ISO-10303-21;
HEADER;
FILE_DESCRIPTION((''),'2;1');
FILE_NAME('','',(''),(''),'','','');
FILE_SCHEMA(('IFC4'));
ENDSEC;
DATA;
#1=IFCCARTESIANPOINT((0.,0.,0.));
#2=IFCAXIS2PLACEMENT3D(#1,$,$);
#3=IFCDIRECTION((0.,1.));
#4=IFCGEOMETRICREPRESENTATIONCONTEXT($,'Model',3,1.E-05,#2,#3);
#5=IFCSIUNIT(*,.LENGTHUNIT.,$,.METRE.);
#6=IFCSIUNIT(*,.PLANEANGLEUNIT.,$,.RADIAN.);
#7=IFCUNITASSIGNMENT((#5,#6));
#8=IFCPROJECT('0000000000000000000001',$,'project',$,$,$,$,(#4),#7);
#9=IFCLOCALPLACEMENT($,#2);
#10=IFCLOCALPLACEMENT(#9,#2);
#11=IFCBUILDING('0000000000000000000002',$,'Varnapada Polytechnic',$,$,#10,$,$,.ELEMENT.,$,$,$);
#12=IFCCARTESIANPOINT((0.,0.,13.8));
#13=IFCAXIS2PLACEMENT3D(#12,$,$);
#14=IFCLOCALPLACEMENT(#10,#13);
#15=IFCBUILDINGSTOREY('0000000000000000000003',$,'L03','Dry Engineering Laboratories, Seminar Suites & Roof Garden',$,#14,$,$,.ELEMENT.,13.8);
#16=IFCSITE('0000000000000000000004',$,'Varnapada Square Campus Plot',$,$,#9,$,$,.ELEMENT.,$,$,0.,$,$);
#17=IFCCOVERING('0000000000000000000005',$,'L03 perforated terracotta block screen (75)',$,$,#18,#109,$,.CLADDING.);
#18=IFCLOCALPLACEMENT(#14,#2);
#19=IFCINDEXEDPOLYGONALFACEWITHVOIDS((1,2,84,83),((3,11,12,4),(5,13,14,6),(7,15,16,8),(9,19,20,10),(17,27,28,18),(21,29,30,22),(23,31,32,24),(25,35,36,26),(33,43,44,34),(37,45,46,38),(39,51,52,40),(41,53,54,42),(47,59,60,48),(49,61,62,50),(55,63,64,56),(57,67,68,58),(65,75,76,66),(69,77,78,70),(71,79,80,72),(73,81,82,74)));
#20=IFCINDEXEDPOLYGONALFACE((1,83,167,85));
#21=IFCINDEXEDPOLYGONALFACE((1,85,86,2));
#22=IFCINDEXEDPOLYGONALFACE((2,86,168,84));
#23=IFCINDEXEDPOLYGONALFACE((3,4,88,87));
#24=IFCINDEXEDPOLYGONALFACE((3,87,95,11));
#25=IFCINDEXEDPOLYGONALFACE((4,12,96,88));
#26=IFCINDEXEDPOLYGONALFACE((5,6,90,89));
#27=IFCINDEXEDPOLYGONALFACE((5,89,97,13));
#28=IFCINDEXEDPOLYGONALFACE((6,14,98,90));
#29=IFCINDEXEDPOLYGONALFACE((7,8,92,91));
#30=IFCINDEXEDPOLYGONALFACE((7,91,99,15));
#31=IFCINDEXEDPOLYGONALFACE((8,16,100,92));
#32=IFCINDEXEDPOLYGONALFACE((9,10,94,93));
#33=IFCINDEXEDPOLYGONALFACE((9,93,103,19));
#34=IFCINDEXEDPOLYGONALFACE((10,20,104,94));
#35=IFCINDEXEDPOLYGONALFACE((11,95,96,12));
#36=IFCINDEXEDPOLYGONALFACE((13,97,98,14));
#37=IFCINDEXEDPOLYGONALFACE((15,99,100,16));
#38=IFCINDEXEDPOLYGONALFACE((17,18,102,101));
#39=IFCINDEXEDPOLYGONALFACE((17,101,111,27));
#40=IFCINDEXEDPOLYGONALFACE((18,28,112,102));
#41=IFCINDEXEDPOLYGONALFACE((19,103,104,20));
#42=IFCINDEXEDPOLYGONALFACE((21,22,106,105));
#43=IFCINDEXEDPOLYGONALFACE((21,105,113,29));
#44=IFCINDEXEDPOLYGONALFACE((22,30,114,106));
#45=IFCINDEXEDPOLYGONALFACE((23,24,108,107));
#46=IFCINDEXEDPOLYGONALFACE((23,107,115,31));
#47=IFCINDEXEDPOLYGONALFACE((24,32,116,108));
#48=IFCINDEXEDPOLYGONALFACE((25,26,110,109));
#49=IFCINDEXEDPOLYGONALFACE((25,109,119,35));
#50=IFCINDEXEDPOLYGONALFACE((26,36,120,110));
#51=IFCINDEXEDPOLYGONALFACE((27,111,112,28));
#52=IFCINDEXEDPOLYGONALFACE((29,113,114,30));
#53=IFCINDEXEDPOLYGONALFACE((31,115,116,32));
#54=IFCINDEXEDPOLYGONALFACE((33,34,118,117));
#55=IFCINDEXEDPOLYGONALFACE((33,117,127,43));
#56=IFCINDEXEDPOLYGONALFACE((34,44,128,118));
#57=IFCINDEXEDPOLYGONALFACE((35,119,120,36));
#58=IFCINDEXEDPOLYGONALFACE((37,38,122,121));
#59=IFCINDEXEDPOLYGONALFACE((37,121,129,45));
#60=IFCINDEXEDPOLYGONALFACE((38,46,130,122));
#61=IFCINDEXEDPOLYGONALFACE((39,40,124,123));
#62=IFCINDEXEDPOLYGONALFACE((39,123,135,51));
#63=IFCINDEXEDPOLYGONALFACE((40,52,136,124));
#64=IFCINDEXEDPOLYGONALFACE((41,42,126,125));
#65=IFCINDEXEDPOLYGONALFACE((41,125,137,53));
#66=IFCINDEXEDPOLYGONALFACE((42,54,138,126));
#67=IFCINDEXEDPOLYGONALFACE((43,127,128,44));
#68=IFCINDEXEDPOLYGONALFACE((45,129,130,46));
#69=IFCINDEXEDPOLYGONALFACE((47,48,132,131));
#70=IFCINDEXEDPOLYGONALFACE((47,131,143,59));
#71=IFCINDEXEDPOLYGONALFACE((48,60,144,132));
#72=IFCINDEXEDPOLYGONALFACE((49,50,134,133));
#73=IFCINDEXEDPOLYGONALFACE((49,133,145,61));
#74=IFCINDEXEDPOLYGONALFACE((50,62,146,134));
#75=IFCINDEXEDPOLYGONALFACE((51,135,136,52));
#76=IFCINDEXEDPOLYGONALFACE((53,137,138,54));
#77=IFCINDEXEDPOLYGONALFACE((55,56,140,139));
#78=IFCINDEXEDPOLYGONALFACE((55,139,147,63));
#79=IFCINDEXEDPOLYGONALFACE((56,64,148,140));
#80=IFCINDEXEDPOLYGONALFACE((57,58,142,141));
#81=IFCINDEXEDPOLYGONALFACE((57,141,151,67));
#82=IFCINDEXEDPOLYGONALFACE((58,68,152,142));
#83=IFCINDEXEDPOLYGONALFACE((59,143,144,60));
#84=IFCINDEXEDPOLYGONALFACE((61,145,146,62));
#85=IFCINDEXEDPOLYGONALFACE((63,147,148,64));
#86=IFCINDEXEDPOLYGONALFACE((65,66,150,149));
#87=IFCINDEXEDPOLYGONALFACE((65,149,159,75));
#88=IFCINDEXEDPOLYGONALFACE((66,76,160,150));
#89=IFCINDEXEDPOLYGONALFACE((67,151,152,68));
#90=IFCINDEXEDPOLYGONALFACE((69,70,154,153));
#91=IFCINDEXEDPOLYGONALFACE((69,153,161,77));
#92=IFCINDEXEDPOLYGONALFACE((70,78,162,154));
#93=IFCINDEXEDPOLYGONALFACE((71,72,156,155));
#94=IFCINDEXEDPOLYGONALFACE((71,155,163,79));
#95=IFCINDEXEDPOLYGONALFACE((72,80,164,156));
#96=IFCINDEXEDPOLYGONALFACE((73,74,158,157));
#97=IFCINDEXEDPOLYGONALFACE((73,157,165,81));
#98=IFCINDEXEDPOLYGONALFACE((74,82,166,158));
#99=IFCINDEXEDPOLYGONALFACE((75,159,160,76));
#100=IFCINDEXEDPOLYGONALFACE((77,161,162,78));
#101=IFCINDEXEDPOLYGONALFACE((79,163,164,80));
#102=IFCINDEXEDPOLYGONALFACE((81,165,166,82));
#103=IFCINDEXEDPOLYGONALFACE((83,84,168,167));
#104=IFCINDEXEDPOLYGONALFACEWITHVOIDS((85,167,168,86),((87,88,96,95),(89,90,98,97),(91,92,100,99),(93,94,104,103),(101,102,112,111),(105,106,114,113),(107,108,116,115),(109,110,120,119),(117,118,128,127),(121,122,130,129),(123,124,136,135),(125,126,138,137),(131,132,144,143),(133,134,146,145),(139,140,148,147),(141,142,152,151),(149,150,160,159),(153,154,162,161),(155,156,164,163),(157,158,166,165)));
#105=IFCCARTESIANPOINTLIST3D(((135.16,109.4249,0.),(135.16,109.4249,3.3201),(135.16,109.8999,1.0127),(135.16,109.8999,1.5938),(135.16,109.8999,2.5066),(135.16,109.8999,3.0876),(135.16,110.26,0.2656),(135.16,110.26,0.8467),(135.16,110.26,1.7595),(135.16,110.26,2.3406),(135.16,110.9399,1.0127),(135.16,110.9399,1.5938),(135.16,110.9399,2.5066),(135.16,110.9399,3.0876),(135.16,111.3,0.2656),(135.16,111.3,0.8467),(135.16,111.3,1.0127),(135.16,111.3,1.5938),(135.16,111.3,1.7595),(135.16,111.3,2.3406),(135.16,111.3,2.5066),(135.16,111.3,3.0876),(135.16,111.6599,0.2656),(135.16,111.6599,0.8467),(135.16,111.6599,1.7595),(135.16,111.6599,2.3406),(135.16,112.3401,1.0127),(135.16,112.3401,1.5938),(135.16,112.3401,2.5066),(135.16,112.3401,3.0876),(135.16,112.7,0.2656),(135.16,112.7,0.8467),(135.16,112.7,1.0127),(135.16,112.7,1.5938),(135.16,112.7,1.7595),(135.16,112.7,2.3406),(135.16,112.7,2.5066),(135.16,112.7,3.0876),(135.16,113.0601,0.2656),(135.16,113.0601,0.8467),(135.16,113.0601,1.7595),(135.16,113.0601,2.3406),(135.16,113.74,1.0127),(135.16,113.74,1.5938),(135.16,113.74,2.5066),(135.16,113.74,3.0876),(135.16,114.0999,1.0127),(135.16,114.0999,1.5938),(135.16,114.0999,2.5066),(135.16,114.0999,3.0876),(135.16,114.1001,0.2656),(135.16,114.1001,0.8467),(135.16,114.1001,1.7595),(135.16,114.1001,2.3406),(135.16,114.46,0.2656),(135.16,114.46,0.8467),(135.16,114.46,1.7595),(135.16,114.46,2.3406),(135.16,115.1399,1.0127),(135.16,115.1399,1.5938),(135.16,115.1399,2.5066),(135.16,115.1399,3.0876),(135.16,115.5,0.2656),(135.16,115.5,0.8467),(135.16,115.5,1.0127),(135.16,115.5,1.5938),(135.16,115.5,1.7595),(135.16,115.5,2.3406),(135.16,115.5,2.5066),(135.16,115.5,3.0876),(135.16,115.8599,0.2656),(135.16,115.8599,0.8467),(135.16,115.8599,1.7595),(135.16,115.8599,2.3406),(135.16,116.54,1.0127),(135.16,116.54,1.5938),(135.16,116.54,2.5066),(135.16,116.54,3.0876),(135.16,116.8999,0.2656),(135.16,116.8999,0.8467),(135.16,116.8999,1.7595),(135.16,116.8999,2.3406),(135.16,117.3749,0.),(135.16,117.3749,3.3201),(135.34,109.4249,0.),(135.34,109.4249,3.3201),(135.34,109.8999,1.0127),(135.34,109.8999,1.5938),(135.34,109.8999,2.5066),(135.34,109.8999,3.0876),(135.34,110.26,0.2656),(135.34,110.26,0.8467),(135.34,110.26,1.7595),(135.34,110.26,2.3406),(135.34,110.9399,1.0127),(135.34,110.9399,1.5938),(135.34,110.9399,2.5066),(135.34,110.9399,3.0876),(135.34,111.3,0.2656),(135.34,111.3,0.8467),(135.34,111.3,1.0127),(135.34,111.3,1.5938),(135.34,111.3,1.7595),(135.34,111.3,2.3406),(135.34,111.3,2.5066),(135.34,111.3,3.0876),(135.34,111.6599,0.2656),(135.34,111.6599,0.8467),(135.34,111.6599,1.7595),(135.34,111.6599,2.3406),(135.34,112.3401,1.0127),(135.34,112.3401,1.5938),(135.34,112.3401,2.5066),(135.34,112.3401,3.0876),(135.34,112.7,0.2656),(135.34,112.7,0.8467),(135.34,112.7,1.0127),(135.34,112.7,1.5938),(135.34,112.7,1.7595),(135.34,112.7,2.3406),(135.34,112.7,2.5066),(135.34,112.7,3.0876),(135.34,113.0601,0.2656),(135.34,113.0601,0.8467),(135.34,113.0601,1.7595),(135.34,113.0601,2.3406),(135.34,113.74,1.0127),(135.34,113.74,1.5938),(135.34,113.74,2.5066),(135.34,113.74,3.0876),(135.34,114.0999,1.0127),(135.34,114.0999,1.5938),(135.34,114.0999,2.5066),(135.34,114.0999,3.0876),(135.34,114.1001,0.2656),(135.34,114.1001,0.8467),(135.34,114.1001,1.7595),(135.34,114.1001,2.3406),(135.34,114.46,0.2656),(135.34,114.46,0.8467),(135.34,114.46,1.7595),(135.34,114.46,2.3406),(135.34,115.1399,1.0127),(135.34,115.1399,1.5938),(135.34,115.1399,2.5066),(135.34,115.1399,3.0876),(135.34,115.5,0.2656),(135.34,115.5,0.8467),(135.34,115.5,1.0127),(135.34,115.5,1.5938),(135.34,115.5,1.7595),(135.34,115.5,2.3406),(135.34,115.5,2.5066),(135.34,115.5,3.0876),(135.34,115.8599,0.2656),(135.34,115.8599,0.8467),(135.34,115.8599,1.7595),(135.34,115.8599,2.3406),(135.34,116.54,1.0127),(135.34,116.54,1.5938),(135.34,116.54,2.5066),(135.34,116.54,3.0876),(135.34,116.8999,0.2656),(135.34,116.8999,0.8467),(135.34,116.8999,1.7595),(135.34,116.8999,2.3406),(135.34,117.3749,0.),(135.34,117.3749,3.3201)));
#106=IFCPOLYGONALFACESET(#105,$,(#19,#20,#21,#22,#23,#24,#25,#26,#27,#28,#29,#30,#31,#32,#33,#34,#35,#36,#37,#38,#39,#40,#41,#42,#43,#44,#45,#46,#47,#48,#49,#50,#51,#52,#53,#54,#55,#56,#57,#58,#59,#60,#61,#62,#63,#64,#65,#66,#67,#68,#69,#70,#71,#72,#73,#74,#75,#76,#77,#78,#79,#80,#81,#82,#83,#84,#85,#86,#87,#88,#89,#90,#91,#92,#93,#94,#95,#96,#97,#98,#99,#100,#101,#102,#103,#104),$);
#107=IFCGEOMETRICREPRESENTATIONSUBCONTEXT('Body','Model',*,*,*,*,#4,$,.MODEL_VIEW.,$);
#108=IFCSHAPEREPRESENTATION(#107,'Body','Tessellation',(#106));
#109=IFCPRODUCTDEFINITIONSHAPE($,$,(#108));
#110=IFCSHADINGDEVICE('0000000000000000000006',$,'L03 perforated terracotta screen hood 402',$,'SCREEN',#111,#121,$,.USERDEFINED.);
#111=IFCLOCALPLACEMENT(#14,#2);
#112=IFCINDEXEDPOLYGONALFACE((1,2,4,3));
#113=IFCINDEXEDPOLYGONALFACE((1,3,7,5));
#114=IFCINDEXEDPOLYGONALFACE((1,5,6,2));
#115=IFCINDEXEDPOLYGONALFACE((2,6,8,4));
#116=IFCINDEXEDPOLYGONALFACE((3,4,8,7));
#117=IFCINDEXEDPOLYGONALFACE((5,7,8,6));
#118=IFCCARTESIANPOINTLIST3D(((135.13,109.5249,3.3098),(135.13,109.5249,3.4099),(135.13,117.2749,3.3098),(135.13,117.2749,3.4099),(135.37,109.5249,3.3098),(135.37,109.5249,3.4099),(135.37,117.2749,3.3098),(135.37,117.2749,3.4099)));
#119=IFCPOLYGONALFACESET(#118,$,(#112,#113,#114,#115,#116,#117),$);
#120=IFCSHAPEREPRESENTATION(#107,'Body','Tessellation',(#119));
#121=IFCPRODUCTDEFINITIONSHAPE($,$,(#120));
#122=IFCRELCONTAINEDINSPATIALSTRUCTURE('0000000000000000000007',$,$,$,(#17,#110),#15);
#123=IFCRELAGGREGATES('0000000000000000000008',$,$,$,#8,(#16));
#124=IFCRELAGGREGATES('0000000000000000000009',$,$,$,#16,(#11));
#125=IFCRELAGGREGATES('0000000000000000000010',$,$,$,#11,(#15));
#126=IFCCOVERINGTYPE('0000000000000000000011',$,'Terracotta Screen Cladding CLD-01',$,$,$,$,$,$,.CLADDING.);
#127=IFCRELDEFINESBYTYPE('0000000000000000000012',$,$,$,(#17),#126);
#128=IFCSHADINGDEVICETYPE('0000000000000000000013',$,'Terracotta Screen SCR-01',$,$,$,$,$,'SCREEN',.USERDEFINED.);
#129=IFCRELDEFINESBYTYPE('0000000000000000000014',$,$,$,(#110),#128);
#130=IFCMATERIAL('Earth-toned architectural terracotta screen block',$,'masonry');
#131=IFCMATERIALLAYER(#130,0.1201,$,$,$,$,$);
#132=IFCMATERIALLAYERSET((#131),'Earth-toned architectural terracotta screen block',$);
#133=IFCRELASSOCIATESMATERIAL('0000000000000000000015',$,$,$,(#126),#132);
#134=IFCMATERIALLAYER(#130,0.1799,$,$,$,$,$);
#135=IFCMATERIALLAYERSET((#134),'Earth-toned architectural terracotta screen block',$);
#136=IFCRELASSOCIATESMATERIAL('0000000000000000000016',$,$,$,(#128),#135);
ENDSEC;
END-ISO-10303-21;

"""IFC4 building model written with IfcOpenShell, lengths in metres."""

from ifc_helpers import new_model, si_unit, direction, frame, frame_2d, origin, origin_2d, place, context, subcontext, project, spatial, rectangle, extrude, material, layer, layer_set, type_object, element, save


model = new_model("IFC4")

# Units and contexts
model_context = context("Model", 3, precision=1e-05, world=origin(), true_north=direction((0.0, 1.0)))
body_context = subcontext(model_context, "Body", "Model", "MODEL_VIEW")
ifc_project = project(units=[si_unit("LENGTHUNIT", "METRE"), si_unit("PLANEANGLEUNIT", "RADIAN")], contexts=[model_context])

# Site, building, storey
site_placement = place(None, origin())
site = spatial("IfcSite", under=ifc_project, at=site_placement, Name="Varnapada Square Campus Plot", CompositionType="ELEMENT", RefElevation=0.0)
building_placement = place(site_placement, origin())
building = spatial("IfcBuilding", under=site, at=building_placement, Name="Varnapada Polytechnic", CompositionType="ELEMENT")
storey_placement = place(building_placement, frame((0.0, 0.0, 13.8)))
storey = spatial("IfcBuildingStorey", under=building, at=storey_placement, Name="L03", Description="Dry Engineering Laboratories, Seminar Suites & Roof Garden", CompositionType="ELEMENT", Elevation=13.8)

# Covering, openings
ifc_material_1 = material(Name="Earth-toned architectural terracotta screen block", Category="masonry")
ifc_layer_1 = layer(ifc_material_1, 0.1201)
ifc_layer_set_1 = layer_set([ifc_layer_1], Name="Earth-toned architectural terracotta screen block")
covering_type = type_object("IfcCoveringType", Name="Terracotta Screen Cladding CLD-01", PredefinedType="CLADDING", material=ifc_layer_set_1)
covering_placement = place(storey_placement, frame((135.25, 117.375, 0.0), z_axis=(0.0, 0.0, 1.0), x_axis=(0.0, -1.0, 0.0)))
covering = element("IfcCovering", 1, at=covering_placement, inside=storey, type_object=covering_type, Name="L03 perforated terracotta block screen (75)", PredefinedType="CLADDING", context=body_context, shape_type="SweptSolid", body=[
    extrude(rectangle(XDim=7.95, YDim=0.1799, at=frame_2d((3.9751, 0.0))), origin(), (0.0, 0.0, 1.0), 3.3201),
])
opening_1_placement = place(covering_placement, frame((0.4751, 0.0, 0.2656)))
element("IfcOpeningElement", 2, at=opening_1_placement, cuts=covering, PredefinedType="OPENING", context=body_context, shape_type="SweptSolid", body=[
    extrude(rectangle(XDim=1.04, YDim=0.5811, at=frame_2d((0.52, 0.2905))), frame((0.0, 0.0999, 0.0), z_axis=(0.0, -1.0, 0.0), x_axis=(1.0, 0.0, 0.0)), (0.0, 0.0, 1.0), 0.2),
])
opening_2_placement = place(covering_placement, frame((1.875, 0.0, 0.2656)))
element("IfcOpeningElement", 3, at=opening_2_placement, cuts=covering, PredefinedType="OPENING", context=body_context, shape_type="SweptSolid", body=[
    extrude(rectangle(XDim=1.04, YDim=0.5811, at=frame_2d((0.52, 0.2905))), frame((0.0, 0.0999, 0.0), z_axis=(0.0, -1.0, 0.0), x_axis=(1.0, 0.0, 0.0)), (0.0, 0.0, 1.0), 0.2),
])
opening_3_placement = place(covering_placement, frame((3.2749, 0.0, 0.2656)))
element("IfcOpeningElement", 4, at=opening_3_placement, cuts=covering, PredefinedType="OPENING", context=body_context, shape_type="SweptSolid", body=[
    extrude(rectangle(XDim=1.04, YDim=0.5811, at=frame_2d((0.52, 0.2905))), frame((0.0, 0.0999, 0.0), z_axis=(0.0, -1.0, 0.0), x_axis=(1.0, 0.0, 0.0)), (0.0, 0.0, 1.0), 0.2),
])
opening_4_placement = place(covering_placement, frame((4.675, 0.0, 0.2656)))
element("IfcOpeningElement", 5, at=opening_4_placement, cuts=covering, PredefinedType="OPENING", context=body_context, shape_type="SweptSolid", body=[
    extrude(rectangle(XDim=1.04, YDim=0.5811, at=frame_2d((0.52, 0.2905))), frame((0.0, 0.0999, 0.0), z_axis=(0.0, -1.0, 0.0), x_axis=(1.0, 0.0, 0.0)), (0.0, 0.0, 1.0), 0.2),
])
opening_5_placement = place(covering_placement, frame((6.075, 0.0, 0.2656)))
element("IfcOpeningElement", 6, at=opening_5_placement, cuts=covering, PredefinedType="OPENING", context=body_context, shape_type="SweptSolid", body=[
    extrude(rectangle(XDim=1.04, YDim=0.5811, at=frame_2d((0.52, 0.2905))), frame((0.0, 0.0999, 0.0), z_axis=(0.0, -1.0, 0.0), x_axis=(1.0, 0.0, 0.0)), (0.0, 0.0, 1.0), 0.2),
])
opening_6_placement = place(covering_placement, frame((0.835, 0.0, 1.0127)))
element("IfcOpeningElement", 7, at=opening_6_placement, cuts=covering, PredefinedType="OPENING", context=body_context, shape_type="SweptSolid", body=[
    extrude(rectangle(XDim=1.04, YDim=0.5811, at=frame_2d((0.52, 0.2905))), frame((0.0, 0.0999, 0.0), z_axis=(0.0, -1.0, 0.0), x_axis=(1.0, 0.0, 0.0)), (0.0, 0.0, 1.0), 0.2),
])
opening_7_placement = place(covering_placement, frame((2.2351, 0.0, 1.0127)))
element("IfcOpeningElement", 8, at=opening_7_placement, cuts=covering, PredefinedType="OPENING", context=body_context, shape_type="SweptSolid", body=[
    extrude(rectangle(XDim=1.04, YDim=0.5811, at=frame_2d((0.52, 0.2905))), frame((0.0, 0.0999, 0.0), z_axis=(0.0, -1.0, 0.0), x_axis=(1.0, 0.0, 0.0)), (0.0, 0.0, 1.0), 0.2),
])
opening_8_placement = place(covering_placement, frame((3.635, 0.0, 1.0127)))
element("IfcOpeningElement", 9, at=opening_8_placement, cuts=covering, PredefinedType="OPENING", context=body_context, shape_type="SweptSolid", body=[
    extrude(rectangle(XDim=1.04, YDim=0.5811, at=frame_2d((0.52, 0.2905))), frame((0.0, 0.0999, 0.0), z_axis=(0.0, -1.0, 0.0), x_axis=(1.0, 0.0, 0.0)), (0.0, 0.0, 1.0), 0.2),
])
opening_9_placement = place(covering_placement, frame((5.0349, 0.0, 1.0127)))
element("IfcOpeningElement", 10, at=opening_9_placement, cuts=covering, PredefinedType="OPENING", context=body_context, shape_type="SweptSolid", body=[
    extrude(rectangle(XDim=1.04, YDim=0.5811, at=frame_2d((0.52, 0.2905))), frame((0.0, 0.0999, 0.0), z_axis=(0.0, -1.0, 0.0), x_axis=(1.0, 0.0, 0.0)), (0.0, 0.0, 1.0), 0.2),
])
opening_10_placement = place(covering_placement, frame((6.4351, 0.0, 1.0127)))
element("IfcOpeningElement", 11, at=opening_10_placement, cuts=covering, PredefinedType="OPENING", context=body_context, shape_type="SweptSolid", body=[
    extrude(rectangle(XDim=1.04, YDim=0.5811, at=frame_2d((0.52, 0.2905))), frame((0.0, 0.0999, 0.0), z_axis=(0.0, -1.0, 0.0), x_axis=(1.0, 0.0, 0.0)), (0.0, 0.0, 1.0), 0.2),
])
opening_11_placement = place(covering_placement, frame((0.4751, 0.0, 1.7595)))
element("IfcOpeningElement", 12, at=opening_11_placement, cuts=covering, PredefinedType="OPENING", context=body_context, shape_type="SweptSolid", body=[
    extrude(rectangle(XDim=1.04, YDim=0.5811, at=frame_2d((0.52, 0.2905))), frame((0.0, 0.0999, 0.0), z_axis=(0.0, -1.0, 0.0), x_axis=(1.0, 0.0, 0.0)), (0.0, 0.0, 1.0), 0.2),
])
opening_12_placement = place(covering_placement, frame((1.875, 0.0, 1.7595)))
element("IfcOpeningElement", 13, at=opening_12_placement, cuts=covering, PredefinedType="OPENING", context=body_context, shape_type="SweptSolid", body=[
    extrude(rectangle(XDim=1.04, YDim=0.5811, at=frame_2d((0.52, 0.2905))), frame((0.0, 0.0999, 0.0), z_axis=(0.0, -1.0, 0.0), x_axis=(1.0, 0.0, 0.0)), (0.0, 0.0, 1.0), 0.2),
])
opening_13_placement = place(covering_placement, frame((3.2749, 0.0, 1.7595)))
element("IfcOpeningElement", 14, at=opening_13_placement, cuts=covering, PredefinedType="OPENING", context=body_context, shape_type="SweptSolid", body=[
    extrude(rectangle(XDim=1.04, YDim=0.5811, at=frame_2d((0.52, 0.2905))), frame((0.0, 0.0999, 0.0), z_axis=(0.0, -1.0, 0.0), x_axis=(1.0, 0.0, 0.0)), (0.0, 0.0, 1.0), 0.2),
])
opening_14_placement = place(covering_placement, frame((4.675, 0.0, 1.7595)))
element("IfcOpeningElement", 15, at=opening_14_placement, cuts=covering, PredefinedType="OPENING", context=body_context, shape_type="SweptSolid", body=[
    extrude(rectangle(XDim=1.04, YDim=0.5811, at=frame_2d((0.52, 0.2905))), frame((0.0, 0.0999, 0.0), z_axis=(0.0, -1.0, 0.0), x_axis=(1.0, 0.0, 0.0)), (0.0, 0.0, 1.0), 0.2),
])
opening_15_placement = place(covering_placement, frame((6.075, 0.0, 1.7595)))
element("IfcOpeningElement", 16, at=opening_15_placement, cuts=covering, PredefinedType="OPENING", context=body_context, shape_type="SweptSolid", body=[
    extrude(rectangle(XDim=1.04, YDim=0.5811, at=frame_2d((0.52, 0.2905))), frame((0.0, 0.0999, 0.0), z_axis=(0.0, -1.0, 0.0), x_axis=(1.0, 0.0, 0.0)), (0.0, 0.0, 1.0), 0.2),
])
opening_16_placement = place(covering_placement, frame((0.835, 0.0, 2.5066)))
element("IfcOpeningElement", 17, at=opening_16_placement, cuts=covering, PredefinedType="OPENING", context=body_context, shape_type="SweptSolid", body=[
    extrude(rectangle(XDim=1.04, YDim=0.5811, at=frame_2d((0.52, 0.2905))), frame((0.0, 0.0999, 0.0), z_axis=(0.0, -1.0, 0.0), x_axis=(1.0, 0.0, 0.0)), (0.0, 0.0, 1.0), 0.2),
])
opening_17_placement = place(covering_placement, frame((2.2351, 0.0, 2.5066)))
element("IfcOpeningElement", 18, at=opening_17_placement, cuts=covering, PredefinedType="OPENING", context=body_context, shape_type="SweptSolid", body=[
    extrude(rectangle(XDim=1.04, YDim=0.5811, at=frame_2d((0.52, 0.2905))), frame((0.0, 0.0999, 0.0), z_axis=(0.0, -1.0, 0.0), x_axis=(1.0, 0.0, 0.0)), (0.0, 0.0, 1.0), 0.2),
])
opening_18_placement = place(covering_placement, frame((3.635, 0.0, 2.5066)))
element("IfcOpeningElement", 19, at=opening_18_placement, cuts=covering, PredefinedType="OPENING", context=body_context, shape_type="SweptSolid", body=[
    extrude(rectangle(XDim=1.04, YDim=0.5811, at=frame_2d((0.52, 0.2905))), frame((0.0, 0.0999, 0.0), z_axis=(0.0, -1.0, 0.0), x_axis=(1.0, 0.0, 0.0)), (0.0, 0.0, 1.0), 0.2),
])
opening_19_placement = place(covering_placement, frame((5.0349, 0.0, 2.5066)))
element("IfcOpeningElement", 20, at=opening_19_placement, cuts=covering, PredefinedType="OPENING", context=body_context, shape_type="SweptSolid", body=[
    extrude(rectangle(XDim=1.04, YDim=0.5811, at=frame_2d((0.52, 0.2905))), frame((0.0, 0.0999, 0.0), z_axis=(0.0, -1.0, 0.0), x_axis=(1.0, 0.0, 0.0)), (0.0, 0.0, 1.0), 0.2),
])
opening_20_placement = place(covering_placement, frame((6.4351, 0.0, 2.5066)))
element("IfcOpeningElement", 21, at=opening_20_placement, cuts=covering, PredefinedType="OPENING", context=body_context, shape_type="SweptSolid", body=[
    extrude(rectangle(XDim=1.04, YDim=0.5811, at=frame_2d((0.52, 0.2905))), frame((0.0, 0.0999, 0.0), z_axis=(0.0, -1.0, 0.0), x_axis=(1.0, 0.0, 0.0)), (0.0, 0.0, 1.0), 0.2),
])

# Shading device
ifc_layer_2 = layer(ifc_material_1, 0.1799)
ifc_layer_set_2 = layer_set([ifc_layer_2], Name="Earth-toned architectural terracotta screen block")
shading_device_type = type_object("IfcShadingDeviceType", Name="Terracotta Screen SCR-01", ElementType="SCREEN", PredefinedType="USERDEFINED", material=ifc_layer_set_2)
shading_device_1_placement = place(storey_placement, frame((135.25, 113.3999, 3.3098), z_axis=(0.0, 0.0, 1.0), x_axis=(0.0, -1.0, 0.0)))
element("IfcShadingDevice", 22, at=shading_device_1_placement, inside=storey, type_object=shading_device_type, Name="L03 perforated terracotta screen hood 402", ObjectType="SCREEN", PredefinedType="USERDEFINED", context=body_context, shape_type="SweptSolid", body=[
    extrude(rectangle(XDim=7.75, YDim=0.24, at=origin_2d()), origin(), (0.0, 0.0, 1.0), 0.1001),
])

save(model, "model.ifc")
